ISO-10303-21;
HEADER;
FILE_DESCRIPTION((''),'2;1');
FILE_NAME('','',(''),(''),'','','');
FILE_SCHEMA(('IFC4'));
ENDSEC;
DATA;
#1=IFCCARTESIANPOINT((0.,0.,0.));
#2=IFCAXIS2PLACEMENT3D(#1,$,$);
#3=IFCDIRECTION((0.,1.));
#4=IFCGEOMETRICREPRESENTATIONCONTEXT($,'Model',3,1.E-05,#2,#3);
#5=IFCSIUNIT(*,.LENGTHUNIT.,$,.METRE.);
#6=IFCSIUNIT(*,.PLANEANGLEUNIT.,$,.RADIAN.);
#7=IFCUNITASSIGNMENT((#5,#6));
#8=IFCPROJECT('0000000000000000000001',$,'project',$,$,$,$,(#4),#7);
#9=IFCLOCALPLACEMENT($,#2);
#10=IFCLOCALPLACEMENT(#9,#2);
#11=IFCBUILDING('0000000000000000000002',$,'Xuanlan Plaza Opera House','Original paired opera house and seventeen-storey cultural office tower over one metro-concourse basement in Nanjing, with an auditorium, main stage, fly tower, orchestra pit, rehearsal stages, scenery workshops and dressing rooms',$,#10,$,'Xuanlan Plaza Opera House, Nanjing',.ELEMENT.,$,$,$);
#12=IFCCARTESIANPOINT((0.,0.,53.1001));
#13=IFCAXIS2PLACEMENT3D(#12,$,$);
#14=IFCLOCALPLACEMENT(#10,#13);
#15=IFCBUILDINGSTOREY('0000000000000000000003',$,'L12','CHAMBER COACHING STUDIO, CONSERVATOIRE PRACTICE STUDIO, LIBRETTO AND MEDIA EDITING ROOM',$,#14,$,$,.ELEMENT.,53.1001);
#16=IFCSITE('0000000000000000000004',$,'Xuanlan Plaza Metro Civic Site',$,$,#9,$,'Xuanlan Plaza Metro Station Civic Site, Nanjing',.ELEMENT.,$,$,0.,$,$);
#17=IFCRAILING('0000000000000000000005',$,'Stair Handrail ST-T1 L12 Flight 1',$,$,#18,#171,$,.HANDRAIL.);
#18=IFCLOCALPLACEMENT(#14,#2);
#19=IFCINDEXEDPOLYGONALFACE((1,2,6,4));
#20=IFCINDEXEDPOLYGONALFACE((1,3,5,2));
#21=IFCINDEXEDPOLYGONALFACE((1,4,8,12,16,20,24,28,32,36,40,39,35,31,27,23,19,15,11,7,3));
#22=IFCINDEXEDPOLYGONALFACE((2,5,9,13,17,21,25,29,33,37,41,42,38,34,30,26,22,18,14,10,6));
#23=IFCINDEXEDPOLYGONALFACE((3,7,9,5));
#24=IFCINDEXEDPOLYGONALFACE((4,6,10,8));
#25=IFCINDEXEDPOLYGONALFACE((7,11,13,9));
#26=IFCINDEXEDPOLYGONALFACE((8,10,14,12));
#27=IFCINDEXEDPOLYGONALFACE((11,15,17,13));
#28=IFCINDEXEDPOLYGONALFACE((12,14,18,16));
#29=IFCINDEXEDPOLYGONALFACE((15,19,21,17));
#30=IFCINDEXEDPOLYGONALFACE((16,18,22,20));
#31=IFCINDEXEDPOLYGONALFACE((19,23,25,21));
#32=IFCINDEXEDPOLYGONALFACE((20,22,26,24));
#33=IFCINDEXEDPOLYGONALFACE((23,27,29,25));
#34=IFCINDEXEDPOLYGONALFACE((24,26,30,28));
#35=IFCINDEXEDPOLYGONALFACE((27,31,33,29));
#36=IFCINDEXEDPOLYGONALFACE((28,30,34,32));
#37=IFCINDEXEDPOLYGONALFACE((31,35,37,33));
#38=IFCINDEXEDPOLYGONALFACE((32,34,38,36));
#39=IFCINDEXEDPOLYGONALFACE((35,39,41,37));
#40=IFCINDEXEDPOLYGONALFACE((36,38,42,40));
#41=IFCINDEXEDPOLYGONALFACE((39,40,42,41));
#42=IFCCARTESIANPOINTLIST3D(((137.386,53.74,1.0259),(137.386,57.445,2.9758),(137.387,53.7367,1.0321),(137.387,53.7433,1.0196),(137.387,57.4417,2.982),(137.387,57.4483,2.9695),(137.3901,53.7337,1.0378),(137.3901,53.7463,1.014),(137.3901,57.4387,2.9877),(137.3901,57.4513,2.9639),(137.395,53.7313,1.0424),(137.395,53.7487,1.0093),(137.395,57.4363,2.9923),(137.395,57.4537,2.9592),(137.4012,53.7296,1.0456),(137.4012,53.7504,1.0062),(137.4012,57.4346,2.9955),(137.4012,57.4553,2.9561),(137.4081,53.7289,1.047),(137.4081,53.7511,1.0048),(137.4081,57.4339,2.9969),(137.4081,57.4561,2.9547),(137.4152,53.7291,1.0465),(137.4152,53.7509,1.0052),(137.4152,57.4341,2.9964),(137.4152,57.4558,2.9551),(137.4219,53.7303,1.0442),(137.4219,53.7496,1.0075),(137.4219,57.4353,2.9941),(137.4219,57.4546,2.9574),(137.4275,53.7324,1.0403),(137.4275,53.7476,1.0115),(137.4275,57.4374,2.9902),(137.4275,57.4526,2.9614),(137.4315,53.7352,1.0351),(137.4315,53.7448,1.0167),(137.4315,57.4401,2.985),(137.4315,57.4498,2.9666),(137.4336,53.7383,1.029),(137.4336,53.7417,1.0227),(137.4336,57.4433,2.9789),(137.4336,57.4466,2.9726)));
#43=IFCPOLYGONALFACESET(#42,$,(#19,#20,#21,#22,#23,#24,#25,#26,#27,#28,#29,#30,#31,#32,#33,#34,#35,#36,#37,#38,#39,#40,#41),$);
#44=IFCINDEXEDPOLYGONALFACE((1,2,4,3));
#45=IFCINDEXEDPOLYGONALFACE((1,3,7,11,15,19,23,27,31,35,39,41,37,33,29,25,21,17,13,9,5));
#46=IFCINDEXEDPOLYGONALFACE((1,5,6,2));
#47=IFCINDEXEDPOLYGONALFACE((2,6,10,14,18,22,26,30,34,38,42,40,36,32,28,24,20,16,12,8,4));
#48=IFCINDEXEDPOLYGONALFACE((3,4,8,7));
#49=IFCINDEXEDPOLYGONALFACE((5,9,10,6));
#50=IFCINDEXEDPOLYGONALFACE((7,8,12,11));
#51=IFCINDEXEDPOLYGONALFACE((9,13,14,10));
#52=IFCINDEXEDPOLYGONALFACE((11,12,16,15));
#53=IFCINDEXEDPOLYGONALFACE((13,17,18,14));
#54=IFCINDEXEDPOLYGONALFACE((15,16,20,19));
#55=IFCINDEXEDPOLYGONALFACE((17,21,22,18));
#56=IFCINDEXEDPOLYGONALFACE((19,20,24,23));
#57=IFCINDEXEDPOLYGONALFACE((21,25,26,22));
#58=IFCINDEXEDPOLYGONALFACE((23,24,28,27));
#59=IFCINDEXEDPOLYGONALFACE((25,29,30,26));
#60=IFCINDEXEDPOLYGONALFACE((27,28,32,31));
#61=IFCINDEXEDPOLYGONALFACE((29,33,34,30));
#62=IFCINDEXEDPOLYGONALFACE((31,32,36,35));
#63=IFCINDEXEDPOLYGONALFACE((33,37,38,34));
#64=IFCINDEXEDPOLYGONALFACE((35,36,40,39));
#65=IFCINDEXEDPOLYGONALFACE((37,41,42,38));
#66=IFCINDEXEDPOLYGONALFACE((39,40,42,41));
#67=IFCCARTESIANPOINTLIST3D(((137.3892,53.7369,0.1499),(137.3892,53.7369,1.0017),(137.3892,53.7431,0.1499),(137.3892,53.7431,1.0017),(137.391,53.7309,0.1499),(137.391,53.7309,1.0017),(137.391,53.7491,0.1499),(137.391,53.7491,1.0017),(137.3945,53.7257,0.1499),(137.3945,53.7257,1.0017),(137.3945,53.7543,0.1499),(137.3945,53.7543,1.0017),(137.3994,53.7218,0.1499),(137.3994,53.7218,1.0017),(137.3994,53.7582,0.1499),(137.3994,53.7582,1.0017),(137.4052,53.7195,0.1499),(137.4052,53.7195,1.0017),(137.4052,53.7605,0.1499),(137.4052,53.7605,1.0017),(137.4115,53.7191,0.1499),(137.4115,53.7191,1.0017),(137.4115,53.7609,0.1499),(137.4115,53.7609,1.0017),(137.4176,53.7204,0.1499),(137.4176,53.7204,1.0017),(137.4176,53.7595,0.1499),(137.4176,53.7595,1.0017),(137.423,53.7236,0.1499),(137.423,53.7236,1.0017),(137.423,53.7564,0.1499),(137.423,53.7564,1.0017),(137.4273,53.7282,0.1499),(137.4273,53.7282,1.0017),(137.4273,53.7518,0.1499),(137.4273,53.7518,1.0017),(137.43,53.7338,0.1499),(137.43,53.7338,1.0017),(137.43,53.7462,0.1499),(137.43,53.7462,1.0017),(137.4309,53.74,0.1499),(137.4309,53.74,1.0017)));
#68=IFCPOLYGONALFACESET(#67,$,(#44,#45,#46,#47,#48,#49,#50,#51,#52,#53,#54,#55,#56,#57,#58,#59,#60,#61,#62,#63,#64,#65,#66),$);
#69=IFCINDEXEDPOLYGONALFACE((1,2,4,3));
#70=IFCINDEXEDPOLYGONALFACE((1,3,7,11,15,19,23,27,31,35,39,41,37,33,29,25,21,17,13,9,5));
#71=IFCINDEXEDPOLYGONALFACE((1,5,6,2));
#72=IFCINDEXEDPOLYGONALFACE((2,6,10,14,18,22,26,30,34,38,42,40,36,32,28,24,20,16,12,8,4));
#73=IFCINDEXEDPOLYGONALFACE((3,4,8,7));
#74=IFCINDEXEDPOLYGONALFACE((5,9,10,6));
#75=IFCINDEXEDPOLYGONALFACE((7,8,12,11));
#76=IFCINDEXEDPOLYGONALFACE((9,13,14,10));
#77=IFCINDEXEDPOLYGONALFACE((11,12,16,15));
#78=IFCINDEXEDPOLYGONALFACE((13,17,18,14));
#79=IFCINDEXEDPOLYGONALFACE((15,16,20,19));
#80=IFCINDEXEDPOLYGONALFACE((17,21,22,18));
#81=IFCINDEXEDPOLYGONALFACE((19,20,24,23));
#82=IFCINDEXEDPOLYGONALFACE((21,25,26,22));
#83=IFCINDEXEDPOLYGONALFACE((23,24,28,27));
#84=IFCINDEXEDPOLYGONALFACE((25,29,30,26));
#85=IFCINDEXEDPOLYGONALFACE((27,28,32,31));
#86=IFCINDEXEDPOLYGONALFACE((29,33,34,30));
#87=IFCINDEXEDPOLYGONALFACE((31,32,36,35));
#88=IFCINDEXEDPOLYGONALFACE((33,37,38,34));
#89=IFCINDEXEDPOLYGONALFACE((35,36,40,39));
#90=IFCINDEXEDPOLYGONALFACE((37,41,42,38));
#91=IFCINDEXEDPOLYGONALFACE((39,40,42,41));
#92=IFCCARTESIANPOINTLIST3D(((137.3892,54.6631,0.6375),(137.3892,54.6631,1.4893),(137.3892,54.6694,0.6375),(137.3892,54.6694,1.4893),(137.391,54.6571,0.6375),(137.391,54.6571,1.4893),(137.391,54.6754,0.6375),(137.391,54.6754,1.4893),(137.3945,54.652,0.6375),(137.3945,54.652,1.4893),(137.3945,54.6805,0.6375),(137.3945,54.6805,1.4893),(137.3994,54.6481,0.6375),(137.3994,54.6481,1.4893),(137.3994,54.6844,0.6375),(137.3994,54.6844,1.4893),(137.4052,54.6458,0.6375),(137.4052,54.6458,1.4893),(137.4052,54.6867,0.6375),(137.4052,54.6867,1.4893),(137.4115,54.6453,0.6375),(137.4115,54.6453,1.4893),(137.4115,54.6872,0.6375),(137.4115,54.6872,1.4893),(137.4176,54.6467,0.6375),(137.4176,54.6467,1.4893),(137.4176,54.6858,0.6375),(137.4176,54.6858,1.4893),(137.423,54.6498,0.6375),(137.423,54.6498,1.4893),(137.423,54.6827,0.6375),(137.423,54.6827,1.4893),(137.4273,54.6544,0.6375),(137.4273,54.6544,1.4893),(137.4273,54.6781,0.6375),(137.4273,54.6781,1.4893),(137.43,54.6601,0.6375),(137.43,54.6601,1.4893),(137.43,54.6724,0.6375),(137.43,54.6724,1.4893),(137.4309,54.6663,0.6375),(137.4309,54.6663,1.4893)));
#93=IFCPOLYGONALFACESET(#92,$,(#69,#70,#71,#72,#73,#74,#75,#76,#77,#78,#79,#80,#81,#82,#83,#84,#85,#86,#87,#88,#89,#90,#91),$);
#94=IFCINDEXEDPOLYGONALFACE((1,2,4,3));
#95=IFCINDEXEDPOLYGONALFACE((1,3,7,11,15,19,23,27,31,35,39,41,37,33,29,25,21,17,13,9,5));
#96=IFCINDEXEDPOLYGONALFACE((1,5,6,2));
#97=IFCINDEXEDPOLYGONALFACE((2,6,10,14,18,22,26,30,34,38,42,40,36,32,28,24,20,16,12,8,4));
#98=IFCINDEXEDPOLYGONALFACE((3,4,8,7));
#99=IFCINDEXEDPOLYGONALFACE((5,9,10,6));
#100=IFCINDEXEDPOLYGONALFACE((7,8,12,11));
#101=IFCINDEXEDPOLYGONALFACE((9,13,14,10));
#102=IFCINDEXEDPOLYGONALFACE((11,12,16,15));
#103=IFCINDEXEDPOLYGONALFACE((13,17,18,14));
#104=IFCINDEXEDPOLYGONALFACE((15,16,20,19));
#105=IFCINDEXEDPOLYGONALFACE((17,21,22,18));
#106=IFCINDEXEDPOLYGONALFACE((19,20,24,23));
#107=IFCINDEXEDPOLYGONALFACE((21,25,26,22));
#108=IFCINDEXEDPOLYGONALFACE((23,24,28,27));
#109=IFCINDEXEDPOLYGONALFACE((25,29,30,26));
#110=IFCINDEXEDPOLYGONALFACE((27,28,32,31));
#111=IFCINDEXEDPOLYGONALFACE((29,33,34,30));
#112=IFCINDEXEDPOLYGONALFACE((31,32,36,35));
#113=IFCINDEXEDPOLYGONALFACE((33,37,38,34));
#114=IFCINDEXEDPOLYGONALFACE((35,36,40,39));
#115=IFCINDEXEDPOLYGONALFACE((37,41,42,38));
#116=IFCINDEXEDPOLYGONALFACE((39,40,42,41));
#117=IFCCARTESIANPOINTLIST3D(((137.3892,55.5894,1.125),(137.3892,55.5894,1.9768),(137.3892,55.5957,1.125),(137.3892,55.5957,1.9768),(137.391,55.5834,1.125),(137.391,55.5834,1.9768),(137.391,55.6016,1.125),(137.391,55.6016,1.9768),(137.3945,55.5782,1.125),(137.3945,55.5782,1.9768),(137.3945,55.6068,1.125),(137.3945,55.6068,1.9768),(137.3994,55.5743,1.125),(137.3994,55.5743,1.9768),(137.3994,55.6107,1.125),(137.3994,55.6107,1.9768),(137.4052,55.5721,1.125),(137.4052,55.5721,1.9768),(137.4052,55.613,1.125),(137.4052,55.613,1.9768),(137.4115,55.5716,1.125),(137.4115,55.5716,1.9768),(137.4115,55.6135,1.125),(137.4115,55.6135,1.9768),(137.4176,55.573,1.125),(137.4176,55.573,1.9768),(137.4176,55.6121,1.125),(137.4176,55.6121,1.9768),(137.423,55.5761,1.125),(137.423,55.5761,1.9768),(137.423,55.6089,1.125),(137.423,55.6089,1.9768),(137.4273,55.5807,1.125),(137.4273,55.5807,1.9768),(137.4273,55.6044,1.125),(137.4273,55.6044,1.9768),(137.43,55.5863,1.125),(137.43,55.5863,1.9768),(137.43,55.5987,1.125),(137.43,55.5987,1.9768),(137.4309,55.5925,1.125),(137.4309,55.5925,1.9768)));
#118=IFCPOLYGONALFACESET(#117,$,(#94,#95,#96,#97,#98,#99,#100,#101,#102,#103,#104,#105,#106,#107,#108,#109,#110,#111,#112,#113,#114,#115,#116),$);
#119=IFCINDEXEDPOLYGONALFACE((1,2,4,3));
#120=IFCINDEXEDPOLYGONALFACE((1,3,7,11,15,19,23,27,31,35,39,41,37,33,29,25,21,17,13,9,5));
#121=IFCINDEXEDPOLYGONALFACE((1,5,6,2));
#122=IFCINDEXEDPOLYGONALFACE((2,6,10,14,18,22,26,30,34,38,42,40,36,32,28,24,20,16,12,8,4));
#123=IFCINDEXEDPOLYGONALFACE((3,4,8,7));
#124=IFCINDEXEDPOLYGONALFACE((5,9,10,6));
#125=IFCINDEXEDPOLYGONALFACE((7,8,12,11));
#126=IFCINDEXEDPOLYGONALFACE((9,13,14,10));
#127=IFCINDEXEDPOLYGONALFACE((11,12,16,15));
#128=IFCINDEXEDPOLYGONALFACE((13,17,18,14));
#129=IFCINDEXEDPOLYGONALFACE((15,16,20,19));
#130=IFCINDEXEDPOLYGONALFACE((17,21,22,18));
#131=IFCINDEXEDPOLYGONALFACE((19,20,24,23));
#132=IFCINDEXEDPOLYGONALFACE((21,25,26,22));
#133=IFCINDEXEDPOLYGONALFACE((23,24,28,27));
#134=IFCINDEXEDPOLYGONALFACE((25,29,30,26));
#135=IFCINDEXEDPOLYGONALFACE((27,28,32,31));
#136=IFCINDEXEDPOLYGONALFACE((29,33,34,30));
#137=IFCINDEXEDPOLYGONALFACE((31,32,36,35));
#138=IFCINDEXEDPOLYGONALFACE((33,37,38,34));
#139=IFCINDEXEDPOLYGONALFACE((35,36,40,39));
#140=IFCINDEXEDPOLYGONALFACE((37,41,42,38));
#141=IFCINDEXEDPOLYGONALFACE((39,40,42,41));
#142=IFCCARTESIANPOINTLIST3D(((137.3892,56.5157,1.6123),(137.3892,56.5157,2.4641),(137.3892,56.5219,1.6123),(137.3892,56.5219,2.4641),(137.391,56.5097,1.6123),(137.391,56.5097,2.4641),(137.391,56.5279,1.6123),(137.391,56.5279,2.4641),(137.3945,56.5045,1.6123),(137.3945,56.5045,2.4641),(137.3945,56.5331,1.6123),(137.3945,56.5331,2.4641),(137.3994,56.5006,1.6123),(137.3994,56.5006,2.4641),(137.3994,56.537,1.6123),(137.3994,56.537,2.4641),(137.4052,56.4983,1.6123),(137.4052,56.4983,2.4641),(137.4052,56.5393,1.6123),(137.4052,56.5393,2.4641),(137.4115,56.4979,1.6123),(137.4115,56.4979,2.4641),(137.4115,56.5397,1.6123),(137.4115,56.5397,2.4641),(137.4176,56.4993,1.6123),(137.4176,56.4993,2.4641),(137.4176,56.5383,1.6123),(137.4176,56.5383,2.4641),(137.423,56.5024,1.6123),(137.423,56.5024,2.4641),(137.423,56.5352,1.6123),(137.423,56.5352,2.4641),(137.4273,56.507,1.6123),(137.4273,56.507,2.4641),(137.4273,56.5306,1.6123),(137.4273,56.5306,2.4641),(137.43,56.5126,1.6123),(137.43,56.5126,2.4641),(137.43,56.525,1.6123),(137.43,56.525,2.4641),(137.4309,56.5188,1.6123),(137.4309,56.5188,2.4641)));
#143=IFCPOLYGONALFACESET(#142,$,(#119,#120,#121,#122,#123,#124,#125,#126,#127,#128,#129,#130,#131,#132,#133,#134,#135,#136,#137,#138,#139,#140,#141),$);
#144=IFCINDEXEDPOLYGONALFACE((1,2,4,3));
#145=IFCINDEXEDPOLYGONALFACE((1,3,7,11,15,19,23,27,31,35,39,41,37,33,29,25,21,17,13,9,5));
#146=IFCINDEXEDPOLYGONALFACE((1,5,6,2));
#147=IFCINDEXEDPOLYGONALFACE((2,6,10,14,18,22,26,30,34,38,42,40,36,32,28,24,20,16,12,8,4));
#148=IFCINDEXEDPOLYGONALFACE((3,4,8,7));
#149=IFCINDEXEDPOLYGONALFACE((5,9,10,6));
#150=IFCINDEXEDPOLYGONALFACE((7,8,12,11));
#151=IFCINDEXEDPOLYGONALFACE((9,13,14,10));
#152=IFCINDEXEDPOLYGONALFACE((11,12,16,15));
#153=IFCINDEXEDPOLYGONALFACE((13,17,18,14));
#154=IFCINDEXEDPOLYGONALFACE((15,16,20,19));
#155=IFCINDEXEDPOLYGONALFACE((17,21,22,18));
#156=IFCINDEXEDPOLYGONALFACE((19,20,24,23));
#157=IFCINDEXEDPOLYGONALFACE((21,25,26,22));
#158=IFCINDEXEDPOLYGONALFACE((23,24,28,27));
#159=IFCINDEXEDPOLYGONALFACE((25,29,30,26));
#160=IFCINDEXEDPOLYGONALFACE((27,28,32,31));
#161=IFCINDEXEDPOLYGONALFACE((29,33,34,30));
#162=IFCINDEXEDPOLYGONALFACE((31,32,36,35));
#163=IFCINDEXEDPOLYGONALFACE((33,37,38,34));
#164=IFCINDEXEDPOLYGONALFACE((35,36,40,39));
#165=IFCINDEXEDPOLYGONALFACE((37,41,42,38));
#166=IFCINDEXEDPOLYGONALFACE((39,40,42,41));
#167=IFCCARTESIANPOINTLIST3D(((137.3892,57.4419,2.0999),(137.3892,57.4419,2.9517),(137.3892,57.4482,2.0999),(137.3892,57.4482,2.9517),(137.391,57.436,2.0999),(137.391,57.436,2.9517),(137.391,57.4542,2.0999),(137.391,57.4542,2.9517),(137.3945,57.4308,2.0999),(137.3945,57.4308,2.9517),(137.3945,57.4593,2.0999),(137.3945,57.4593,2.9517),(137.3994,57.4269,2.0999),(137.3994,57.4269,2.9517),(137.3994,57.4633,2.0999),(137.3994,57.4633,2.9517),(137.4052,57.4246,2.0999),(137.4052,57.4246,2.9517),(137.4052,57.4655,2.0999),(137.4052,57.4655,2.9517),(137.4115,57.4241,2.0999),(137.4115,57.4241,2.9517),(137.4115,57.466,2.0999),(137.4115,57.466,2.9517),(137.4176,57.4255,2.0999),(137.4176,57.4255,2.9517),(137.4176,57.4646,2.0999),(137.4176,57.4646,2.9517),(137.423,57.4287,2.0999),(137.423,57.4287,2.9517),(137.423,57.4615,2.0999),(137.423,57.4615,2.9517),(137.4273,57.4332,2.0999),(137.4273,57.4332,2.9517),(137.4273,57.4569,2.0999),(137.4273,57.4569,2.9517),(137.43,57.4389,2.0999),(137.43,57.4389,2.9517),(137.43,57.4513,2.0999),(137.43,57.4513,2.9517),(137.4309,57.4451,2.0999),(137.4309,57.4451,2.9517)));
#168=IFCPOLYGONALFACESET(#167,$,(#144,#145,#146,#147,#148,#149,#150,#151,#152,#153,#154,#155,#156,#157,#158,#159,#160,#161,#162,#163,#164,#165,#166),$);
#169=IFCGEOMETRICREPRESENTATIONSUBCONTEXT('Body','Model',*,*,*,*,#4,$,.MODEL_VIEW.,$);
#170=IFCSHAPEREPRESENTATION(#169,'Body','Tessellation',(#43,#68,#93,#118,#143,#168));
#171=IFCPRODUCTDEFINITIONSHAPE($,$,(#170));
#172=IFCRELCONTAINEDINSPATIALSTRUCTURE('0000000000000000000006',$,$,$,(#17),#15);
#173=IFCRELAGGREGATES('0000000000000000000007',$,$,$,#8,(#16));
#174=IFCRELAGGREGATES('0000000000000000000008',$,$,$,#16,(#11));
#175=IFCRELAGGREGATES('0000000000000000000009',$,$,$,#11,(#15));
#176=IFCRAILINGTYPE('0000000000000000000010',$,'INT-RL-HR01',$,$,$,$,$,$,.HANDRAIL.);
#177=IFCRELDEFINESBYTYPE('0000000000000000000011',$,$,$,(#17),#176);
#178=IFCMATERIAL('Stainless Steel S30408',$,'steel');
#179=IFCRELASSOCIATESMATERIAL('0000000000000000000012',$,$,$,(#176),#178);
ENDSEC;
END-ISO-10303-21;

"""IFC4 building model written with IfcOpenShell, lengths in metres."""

from ifc_helpers import new_model, si_unit, direction, frame, origin, origin_2d, place, context, subcontext, project, spatial, circle, extrude, material, type_object, element, save


model = new_model("IFC4")

# Units and contexts
model_context = context("Model", 3, precision=1e-05, world=origin(), true_north=direction((0.0, 1.0)))
body_context = subcontext(model_context, "Body", "Model", "MODEL_VIEW")
ifc_project = project(units=[si_unit("LENGTHUNIT", "METRE"), si_unit("PLANEANGLEUNIT", "RADIAN")], contexts=[model_context])

# Site, building, storey
site_placement = place(None, origin())
site = spatial("IfcSite", under=ifc_project, at=site_placement, Name="Xuanlan Plaza Metro Civic Site", LongName="Xuanlan Plaza Metro Station Civic Site, Nanjing", CompositionType="ELEMENT", RefElevation=0.0)
building_placement = place(site_placement, origin())
building = spatial("IfcBuilding", under=site, at=building_placement, Name="Xuanlan Plaza Opera House", Description="Original paired opera house and seventeen-storey cultural office tower over one metro-concourse basement in Nanjing, with an auditorium, main stage, fly tower, orchestra pit, rehearsal stages, scenery workshops and dressing rooms", LongName="Xuanlan Plaza Opera House, Nanjing", CompositionType="ELEMENT")
storey_placement = place(building_placement, frame((0.0, 0.0, 53.1001)))
storey = spatial("IfcBuildingStorey", under=building, at=storey_placement, Name="L12", Description="CHAMBER COACHING STUDIO, CONSERVATOIRE PRACTICE STUDIO, LIBRETTO AND MEDIA EDITING ROOM", CompositionType="ELEMENT", Elevation=53.1001)

# Shared definitions
ifc_material_1 = material(Name="Stainless Steel S30408", Category="steel")

# Railing
railing_type = type_object("IfcRailingType", Name="INT-RL-HR01", PredefinedType="HANDRAIL", material=ifc_material_1)
railing_placement = place(storey_placement, frame((137.4099, 53.74, 0.1499)))
element("IfcRailing", 1, at=railing_placement, inside=storey, type_object=railing_type, Name="Stair Handrail ST-T1 L12 Flight 1", PredefinedType="HANDRAIL", context=body_context, shape_type="SweptSolid", body=[
    extrude(circle(Radius=0.0239, at=origin_2d()), frame((0.0, 0.0, 0.876), z_axis=(0.0, 0.884927, 0.46573), x_axis=(-1.0, 0.0, 0.0)), (0.0, 0.0, 1.0), 4.1868),
    extrude(circle(Radius=0.021, at=origin_2d()), origin(), (0.0, 0.0, 1.0), 0.8518),
    extrude(circle(Radius=0.021, at=origin_2d()), frame((0.0, 0.9263, 0.4875)), (0.0, 0.0, 1.0), 0.8518),
    extrude(circle(Radius=0.021, at=origin_2d()), frame((0.0, 1.8525, 0.9751)), (0.0, 0.0, 1.0), 0.8518),
    extrude(circle(Radius=0.021, at=origin_2d()), frame((0.0, 2.7788, 1.4624)), (0.0, 0.0, 1.0), 0.8518),
    extrude(circle(Radius=0.021, at=origin_2d()), frame((0.0, 3.7051, 1.95)), (0.0, 0.0, 1.0), 0.8518),
])

save(model, "model.ifc")
